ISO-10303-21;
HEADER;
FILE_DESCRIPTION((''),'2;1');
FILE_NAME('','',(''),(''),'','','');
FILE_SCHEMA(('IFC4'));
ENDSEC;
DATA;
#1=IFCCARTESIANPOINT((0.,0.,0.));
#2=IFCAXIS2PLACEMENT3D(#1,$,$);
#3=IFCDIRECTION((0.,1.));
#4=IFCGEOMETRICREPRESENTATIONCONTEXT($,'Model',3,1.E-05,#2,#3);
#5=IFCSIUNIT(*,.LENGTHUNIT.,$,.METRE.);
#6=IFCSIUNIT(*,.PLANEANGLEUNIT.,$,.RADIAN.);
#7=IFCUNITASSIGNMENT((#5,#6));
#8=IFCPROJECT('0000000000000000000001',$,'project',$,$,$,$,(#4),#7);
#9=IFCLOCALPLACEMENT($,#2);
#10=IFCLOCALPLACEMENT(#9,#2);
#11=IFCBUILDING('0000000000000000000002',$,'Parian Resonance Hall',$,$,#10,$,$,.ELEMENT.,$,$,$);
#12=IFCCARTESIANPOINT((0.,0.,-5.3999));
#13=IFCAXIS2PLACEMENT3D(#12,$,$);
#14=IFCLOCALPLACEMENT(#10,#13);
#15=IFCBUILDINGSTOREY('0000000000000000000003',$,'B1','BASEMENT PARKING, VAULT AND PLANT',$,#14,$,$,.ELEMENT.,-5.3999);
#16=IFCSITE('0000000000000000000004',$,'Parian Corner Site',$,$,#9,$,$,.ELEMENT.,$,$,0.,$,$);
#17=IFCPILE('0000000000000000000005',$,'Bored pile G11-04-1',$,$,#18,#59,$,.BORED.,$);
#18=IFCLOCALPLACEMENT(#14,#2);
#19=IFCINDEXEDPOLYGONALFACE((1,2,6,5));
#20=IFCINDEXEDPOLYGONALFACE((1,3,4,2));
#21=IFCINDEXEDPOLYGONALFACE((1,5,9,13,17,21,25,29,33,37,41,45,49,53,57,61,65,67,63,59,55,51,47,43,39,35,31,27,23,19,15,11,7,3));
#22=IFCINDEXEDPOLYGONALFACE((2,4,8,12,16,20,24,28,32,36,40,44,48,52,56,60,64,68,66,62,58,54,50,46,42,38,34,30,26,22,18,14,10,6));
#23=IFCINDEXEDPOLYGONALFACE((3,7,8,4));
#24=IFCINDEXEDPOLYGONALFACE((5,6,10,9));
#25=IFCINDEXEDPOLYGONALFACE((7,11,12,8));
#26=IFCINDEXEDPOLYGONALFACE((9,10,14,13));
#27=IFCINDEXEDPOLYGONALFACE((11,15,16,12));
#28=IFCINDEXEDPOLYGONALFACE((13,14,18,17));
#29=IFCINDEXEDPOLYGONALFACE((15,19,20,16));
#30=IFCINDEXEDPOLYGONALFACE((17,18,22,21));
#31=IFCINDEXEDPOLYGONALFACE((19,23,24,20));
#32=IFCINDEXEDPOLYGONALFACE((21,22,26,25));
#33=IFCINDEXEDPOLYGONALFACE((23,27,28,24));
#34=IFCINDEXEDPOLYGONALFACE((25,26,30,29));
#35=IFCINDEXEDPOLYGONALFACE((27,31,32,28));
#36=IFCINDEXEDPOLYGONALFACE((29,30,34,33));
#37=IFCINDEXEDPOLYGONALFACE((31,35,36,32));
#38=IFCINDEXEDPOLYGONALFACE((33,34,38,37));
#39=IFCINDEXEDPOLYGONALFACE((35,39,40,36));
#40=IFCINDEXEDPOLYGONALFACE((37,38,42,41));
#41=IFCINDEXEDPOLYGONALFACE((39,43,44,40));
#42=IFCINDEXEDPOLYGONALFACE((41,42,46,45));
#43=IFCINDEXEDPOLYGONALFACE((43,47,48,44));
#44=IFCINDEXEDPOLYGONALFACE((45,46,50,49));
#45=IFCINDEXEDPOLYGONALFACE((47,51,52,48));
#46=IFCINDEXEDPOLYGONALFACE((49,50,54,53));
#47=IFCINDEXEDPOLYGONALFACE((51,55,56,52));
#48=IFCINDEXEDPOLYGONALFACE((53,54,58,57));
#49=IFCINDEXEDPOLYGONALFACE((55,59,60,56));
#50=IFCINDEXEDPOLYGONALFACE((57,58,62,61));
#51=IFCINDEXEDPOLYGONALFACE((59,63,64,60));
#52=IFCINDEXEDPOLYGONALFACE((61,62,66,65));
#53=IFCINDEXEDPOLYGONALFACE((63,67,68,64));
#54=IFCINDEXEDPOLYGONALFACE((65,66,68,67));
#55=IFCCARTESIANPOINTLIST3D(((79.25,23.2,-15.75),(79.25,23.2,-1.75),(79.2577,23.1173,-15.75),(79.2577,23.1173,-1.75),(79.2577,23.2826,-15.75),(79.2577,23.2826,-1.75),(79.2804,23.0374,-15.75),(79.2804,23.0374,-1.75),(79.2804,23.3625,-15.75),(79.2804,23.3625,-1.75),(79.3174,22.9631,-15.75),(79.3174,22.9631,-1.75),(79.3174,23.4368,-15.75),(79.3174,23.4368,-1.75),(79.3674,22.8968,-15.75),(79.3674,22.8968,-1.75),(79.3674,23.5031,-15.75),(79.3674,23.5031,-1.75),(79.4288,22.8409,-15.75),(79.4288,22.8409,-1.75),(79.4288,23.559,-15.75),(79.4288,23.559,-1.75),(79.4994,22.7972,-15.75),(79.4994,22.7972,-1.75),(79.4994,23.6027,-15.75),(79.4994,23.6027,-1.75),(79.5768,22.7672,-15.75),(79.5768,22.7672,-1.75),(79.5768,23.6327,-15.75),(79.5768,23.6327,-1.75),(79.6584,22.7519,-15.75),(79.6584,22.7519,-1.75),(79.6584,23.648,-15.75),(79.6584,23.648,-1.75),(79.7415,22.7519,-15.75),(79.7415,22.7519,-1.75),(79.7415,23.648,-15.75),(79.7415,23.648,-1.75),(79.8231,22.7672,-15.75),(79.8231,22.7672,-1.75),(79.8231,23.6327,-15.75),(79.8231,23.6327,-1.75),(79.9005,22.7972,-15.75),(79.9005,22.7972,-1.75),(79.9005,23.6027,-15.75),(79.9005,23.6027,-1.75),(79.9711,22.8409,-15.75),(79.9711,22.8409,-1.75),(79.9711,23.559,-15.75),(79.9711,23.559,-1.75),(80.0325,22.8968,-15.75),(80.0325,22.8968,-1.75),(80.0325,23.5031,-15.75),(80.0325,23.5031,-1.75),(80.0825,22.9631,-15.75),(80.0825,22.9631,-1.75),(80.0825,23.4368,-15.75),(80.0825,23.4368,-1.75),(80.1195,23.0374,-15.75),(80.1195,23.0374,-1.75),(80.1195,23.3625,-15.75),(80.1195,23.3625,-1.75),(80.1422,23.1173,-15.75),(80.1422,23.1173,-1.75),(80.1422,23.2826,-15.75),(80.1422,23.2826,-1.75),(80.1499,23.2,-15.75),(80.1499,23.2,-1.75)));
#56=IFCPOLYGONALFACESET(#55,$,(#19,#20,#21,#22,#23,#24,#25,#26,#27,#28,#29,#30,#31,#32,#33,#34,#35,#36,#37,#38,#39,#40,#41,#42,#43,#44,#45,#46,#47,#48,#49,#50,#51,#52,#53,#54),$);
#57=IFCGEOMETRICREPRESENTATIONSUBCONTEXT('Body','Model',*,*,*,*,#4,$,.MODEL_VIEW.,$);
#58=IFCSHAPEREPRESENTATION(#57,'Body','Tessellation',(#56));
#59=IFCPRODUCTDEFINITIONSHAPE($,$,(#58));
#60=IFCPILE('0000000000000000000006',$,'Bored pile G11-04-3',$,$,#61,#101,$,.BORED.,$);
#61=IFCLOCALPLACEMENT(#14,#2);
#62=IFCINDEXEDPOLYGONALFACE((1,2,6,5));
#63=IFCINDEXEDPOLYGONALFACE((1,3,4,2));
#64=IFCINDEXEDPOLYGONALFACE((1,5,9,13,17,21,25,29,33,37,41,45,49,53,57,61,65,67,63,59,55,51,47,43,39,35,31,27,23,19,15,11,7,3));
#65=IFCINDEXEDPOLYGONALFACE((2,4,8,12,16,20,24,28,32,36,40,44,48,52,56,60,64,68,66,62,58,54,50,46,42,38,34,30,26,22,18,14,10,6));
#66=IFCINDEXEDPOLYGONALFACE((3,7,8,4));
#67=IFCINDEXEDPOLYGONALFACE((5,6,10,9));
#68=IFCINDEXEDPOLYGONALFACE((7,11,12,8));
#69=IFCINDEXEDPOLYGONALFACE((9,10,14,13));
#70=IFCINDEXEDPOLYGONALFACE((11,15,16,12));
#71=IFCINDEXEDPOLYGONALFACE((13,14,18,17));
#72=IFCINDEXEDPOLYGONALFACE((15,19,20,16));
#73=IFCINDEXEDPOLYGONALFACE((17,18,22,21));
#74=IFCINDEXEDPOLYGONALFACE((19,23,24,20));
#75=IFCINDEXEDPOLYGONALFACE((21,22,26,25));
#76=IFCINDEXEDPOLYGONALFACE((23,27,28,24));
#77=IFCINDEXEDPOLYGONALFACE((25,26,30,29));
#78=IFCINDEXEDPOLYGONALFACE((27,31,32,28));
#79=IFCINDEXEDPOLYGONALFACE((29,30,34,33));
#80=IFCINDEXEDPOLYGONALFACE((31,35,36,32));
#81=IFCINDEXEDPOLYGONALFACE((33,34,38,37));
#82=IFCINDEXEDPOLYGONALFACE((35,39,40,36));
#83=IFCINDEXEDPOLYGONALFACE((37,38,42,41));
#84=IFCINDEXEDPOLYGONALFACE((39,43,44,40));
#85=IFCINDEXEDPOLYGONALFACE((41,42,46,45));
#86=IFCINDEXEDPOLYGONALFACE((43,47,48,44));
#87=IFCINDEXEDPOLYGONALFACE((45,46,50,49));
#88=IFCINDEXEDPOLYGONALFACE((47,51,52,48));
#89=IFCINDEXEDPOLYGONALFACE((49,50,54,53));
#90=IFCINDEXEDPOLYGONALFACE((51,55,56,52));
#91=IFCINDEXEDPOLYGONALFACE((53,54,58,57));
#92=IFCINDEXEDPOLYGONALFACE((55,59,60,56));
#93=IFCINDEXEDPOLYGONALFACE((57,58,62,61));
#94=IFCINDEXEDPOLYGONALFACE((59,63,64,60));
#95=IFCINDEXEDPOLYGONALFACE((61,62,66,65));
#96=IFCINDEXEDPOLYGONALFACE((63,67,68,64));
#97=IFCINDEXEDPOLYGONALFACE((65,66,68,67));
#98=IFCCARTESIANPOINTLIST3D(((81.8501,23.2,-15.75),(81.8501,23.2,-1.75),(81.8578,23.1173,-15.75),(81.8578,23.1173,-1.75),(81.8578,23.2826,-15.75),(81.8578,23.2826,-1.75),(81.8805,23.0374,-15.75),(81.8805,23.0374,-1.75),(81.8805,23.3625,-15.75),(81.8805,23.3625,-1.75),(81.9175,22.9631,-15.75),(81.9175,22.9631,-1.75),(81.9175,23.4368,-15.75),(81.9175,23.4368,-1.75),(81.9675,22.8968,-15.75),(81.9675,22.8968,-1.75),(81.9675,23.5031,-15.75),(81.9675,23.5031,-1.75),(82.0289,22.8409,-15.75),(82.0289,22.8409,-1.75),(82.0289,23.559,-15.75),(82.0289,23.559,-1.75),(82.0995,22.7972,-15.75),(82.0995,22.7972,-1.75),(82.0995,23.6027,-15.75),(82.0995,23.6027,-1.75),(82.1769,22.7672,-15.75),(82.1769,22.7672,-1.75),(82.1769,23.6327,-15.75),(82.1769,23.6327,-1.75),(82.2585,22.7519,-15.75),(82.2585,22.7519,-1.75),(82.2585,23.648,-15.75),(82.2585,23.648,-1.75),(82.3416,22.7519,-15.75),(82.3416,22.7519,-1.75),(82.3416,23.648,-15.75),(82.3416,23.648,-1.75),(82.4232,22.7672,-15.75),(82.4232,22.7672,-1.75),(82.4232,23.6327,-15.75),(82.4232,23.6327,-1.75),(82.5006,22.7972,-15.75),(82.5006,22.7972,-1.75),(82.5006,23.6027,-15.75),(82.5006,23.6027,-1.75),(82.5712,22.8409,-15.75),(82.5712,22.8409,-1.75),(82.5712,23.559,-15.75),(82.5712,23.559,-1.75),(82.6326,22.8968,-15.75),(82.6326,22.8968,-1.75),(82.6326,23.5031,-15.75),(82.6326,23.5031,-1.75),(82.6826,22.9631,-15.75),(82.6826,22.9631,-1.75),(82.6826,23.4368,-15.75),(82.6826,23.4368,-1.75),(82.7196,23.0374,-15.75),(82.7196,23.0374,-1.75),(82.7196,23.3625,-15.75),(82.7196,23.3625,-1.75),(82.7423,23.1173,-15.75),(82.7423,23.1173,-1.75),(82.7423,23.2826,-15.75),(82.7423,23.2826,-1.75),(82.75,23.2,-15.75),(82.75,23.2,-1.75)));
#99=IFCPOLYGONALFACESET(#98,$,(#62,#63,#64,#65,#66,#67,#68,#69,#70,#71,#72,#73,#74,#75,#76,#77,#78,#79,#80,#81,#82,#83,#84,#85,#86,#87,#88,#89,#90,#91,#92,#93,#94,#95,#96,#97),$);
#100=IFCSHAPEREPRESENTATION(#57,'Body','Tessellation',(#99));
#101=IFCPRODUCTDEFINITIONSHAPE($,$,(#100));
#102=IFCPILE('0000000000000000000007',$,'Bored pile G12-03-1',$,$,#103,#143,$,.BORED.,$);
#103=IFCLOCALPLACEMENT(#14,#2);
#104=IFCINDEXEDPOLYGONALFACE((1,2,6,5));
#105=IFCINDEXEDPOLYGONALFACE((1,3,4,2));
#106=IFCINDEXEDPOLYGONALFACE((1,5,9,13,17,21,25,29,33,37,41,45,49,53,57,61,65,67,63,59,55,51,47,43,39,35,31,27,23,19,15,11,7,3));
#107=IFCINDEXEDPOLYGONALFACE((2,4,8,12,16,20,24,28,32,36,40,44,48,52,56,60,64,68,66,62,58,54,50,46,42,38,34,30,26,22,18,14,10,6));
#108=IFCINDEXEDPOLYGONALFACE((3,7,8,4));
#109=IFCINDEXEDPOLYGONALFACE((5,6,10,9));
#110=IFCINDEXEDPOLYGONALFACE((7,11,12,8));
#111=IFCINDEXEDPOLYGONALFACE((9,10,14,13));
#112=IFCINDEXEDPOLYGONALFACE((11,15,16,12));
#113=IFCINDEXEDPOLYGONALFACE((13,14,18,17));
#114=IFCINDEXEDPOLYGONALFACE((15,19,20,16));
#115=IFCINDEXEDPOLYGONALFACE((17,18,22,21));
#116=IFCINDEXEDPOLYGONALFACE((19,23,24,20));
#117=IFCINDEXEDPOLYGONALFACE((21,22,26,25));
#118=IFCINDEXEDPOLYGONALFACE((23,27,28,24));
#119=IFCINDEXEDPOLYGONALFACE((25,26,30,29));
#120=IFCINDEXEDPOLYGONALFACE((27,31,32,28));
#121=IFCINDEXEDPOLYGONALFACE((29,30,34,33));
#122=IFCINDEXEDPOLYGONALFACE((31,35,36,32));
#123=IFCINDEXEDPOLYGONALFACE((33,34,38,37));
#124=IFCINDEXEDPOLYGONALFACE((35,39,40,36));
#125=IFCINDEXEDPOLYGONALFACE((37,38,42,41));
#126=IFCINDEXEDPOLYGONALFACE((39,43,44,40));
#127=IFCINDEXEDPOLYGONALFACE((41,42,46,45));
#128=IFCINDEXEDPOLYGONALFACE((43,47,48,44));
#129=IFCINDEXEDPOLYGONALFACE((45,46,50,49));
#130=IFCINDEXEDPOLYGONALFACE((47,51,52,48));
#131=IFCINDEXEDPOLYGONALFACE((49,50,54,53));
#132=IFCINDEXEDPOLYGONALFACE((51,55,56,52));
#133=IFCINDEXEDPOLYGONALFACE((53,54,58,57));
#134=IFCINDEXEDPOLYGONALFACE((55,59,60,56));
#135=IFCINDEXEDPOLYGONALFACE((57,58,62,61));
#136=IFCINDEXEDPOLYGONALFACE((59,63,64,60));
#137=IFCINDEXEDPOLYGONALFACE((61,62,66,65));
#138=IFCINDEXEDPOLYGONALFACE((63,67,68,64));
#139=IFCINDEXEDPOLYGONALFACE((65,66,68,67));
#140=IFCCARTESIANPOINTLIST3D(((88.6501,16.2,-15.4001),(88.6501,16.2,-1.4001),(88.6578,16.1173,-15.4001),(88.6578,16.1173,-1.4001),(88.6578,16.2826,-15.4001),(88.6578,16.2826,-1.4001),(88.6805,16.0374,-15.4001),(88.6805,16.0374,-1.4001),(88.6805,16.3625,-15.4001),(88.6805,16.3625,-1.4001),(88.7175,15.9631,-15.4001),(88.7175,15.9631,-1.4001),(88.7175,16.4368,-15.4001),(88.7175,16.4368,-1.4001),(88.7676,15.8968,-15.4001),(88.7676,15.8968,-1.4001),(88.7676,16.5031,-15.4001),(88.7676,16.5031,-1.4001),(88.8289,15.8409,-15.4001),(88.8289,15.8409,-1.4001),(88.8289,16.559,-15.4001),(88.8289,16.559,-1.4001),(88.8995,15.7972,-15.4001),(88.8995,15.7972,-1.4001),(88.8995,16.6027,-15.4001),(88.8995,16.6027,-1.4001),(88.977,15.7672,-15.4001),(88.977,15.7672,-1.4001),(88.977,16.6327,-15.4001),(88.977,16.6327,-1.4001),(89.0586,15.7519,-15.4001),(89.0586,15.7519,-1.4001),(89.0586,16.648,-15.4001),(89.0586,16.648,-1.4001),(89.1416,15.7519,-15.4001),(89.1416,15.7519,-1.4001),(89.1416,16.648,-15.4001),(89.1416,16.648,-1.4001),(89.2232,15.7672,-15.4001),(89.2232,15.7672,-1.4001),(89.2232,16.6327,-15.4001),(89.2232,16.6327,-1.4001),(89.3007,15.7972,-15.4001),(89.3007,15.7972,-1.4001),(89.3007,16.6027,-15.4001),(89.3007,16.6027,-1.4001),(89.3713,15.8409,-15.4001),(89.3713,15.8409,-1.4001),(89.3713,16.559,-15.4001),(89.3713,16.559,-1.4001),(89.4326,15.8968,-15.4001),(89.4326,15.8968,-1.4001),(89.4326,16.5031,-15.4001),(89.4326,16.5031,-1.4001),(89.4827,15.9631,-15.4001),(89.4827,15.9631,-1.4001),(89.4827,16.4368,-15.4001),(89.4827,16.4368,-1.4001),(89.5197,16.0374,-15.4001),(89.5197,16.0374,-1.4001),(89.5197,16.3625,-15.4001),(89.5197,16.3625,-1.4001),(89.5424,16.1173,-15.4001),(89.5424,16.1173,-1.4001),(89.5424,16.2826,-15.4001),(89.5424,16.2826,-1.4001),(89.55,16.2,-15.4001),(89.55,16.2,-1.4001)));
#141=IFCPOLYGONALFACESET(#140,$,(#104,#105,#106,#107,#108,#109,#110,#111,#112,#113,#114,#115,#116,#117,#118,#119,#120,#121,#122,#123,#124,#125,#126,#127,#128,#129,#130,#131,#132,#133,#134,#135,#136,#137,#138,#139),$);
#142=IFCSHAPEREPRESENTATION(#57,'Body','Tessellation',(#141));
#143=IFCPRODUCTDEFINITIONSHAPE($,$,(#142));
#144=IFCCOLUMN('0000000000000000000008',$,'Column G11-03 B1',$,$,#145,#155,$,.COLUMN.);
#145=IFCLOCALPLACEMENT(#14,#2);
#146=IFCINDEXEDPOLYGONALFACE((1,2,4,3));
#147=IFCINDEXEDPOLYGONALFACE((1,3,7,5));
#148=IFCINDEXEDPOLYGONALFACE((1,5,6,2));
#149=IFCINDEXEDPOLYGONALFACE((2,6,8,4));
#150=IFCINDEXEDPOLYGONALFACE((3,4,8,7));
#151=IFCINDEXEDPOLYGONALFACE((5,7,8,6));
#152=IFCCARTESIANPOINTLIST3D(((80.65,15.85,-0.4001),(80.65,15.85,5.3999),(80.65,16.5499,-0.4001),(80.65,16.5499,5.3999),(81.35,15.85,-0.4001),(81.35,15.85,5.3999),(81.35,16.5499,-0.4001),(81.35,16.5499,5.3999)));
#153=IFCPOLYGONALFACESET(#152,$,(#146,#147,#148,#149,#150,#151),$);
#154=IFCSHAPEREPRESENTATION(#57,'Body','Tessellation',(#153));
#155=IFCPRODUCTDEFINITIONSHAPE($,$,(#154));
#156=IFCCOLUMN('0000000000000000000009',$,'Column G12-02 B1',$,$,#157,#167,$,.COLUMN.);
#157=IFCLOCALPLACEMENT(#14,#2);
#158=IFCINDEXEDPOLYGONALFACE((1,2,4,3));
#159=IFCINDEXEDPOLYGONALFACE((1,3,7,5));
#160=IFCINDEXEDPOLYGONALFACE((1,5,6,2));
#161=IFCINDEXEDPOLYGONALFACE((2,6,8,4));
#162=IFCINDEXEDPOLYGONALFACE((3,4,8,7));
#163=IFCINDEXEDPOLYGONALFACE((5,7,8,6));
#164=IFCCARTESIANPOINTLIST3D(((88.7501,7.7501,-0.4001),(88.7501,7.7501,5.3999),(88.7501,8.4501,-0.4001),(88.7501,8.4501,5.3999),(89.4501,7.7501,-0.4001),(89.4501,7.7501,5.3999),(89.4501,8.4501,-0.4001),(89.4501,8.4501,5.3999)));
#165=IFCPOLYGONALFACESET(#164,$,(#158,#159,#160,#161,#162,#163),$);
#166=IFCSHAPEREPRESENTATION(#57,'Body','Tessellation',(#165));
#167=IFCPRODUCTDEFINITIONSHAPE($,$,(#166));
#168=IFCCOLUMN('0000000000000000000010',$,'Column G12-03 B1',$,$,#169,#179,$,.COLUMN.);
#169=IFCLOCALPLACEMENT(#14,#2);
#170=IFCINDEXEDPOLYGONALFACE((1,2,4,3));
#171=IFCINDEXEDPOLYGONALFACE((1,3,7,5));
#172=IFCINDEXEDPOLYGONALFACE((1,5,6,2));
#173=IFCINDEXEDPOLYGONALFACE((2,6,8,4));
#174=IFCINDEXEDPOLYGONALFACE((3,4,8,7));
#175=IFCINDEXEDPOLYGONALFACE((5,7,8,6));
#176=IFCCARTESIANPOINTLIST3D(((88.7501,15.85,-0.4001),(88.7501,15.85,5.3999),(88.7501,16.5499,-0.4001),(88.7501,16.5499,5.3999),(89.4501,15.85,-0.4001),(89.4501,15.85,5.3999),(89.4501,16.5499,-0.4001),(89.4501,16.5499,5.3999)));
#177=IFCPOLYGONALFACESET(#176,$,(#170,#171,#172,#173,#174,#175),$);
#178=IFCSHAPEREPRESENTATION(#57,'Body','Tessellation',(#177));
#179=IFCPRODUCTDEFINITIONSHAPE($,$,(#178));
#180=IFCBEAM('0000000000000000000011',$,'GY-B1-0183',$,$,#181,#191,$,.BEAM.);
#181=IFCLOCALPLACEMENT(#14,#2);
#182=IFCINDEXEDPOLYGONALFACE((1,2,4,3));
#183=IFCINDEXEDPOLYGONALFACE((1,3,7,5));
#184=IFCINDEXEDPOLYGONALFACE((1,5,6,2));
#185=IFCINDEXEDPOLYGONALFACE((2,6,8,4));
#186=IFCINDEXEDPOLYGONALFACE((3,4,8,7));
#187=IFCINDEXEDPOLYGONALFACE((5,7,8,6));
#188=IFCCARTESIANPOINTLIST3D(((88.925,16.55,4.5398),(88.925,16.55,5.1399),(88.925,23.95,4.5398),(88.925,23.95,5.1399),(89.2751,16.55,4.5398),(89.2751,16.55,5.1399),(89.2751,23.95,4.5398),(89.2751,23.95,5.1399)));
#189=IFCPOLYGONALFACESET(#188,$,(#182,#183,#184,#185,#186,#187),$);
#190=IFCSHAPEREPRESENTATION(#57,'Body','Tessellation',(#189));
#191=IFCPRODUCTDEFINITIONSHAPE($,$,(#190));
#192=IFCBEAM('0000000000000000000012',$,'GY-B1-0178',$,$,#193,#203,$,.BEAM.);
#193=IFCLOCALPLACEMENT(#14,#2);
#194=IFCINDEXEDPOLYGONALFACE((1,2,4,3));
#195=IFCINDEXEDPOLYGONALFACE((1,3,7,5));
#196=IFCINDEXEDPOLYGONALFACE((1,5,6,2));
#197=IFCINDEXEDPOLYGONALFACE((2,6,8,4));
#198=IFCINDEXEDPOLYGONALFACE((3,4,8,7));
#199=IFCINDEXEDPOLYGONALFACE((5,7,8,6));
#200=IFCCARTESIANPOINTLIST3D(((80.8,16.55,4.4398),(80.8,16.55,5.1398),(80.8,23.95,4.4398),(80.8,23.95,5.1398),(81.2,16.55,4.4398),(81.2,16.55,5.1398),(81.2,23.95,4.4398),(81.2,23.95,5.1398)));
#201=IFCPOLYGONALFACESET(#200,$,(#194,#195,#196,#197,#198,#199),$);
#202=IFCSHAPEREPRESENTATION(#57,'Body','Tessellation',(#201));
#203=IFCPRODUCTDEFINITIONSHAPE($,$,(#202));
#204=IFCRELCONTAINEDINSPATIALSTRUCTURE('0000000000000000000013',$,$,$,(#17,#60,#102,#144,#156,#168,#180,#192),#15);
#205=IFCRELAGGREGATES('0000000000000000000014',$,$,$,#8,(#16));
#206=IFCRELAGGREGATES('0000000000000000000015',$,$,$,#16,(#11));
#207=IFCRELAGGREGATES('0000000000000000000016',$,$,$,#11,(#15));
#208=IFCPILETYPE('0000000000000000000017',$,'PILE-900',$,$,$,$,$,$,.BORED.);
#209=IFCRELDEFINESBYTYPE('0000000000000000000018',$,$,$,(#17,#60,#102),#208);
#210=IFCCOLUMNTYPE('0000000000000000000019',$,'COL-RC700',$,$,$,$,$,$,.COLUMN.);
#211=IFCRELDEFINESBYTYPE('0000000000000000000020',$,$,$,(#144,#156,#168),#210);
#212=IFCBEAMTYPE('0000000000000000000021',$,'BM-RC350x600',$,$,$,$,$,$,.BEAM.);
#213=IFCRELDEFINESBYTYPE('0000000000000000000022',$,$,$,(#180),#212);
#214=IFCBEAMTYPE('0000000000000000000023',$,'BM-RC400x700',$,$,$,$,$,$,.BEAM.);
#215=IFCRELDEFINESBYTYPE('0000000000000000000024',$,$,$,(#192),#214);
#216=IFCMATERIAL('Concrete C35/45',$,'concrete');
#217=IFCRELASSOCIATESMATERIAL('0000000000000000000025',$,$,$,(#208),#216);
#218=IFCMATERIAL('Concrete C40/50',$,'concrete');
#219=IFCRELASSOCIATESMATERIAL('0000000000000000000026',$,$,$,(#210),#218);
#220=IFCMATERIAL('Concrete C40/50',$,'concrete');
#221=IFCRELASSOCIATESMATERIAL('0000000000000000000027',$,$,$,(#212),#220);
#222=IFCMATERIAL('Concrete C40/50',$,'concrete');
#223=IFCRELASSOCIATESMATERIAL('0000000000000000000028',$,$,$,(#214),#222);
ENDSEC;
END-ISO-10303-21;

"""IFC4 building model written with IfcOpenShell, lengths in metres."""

from ifc_helpers import new_model, si_unit, direction, frame, origin, origin_2d, place, context, subcontext, project, spatial, rectangle, circle, extrude, material, material_profile, profile_set, type_object, element, save


model = new_model("IFC4")

# Units and contexts
model_context = context("Model", 3, precision=1e-05, world=origin(), true_north=direction((0.0, 1.0)))
body_context = subcontext(model_context, "Body", "Model", "MODEL_VIEW")
ifc_project = project(units=[si_unit("LENGTHUNIT", "METRE"), si_unit("PLANEANGLEUNIT", "RADIAN")], contexts=[model_context])

# Site, building, storey
site_placement = place(None, origin())
site = spatial("IfcSite", under=ifc_project, at=site_placement, Name="Parian Corner Site", CompositionType="ELEMENT", RefElevation=0.0)
building_placement = place(site_placement, origin())
building = spatial("IfcBuilding", under=site, at=building_placement, Name="Parian Resonance Hall", CompositionType="ELEMENT")
storey_placement = place(building_placement, frame((0.0, 0.0, -5.3999)))
storey = spatial("IfcBuildingStorey", under=building, at=storey_placement, Name="B1", Description="BASEMENT PARKING, VAULT AND PLANT", CompositionType="ELEMENT", Elevation=-5.3999)

# Piles
ifc_material_1 = material(Name="Concrete C35/45", Category="concrete")
ifc_material_profile_1 = material_profile(ifc_material_1, circle(Radius=0.45, at=origin_2d()), Name="PILE-D900")
ifc_profile_set_1 = profile_set([ifc_material_profile_1], Name="Concrete C35/45")
pile_type_1 = type_object("IfcPileType", Name="PILE-900", PredefinedType="BORED", material=ifc_profile_set_1)
for number, where, z_axis, x_axis, name in (
    (1, (79.7, 23.2, -1.75), (0.0, 0.0, -1.0), (1.0, 0.0, 0.0), "Bored pile G11-04-1"),
    (2, (82.3, 23.2, -1.75), (0.0, 0.0, -1.0), (1.0, 0.0, 0.0), "Bored pile G11-04-3"),
    (3, (89.1001, 16.2, -1.4001), (0.0, 0.0, -1.0), (1.0, 0.0, 0.0), "Bored pile G12-03-1"),
):
    element("IfcPile", number, at=place(storey_placement, frame(where, z_axis=z_axis, x_axis=x_axis)), inside=storey, type_object=pile_type_1, Name=name, PredefinedType="BORED", context=body_context, shape_type="SweptSolid", body=[
        extrude(circle(Radius=0.45, at=origin_2d()), origin(), (0.0, 0.0, 1.0), 14.0),
    ])

# Columns
ifc_material_2 = material(Name="Concrete C40/50", Category="concrete")
ifc_material_profile_2 = material_profile(ifc_material_2, rectangle(XDim=0.7, YDim=0.7, at=origin_2d()), Name="RC-COL-700x700")
ifc_profile_set_2 = profile_set([ifc_material_profile_2], Name="Concrete C40/50")
column_type = type_object("IfcColumnType", Name="COL-RC700", PredefinedType="COLUMN", material=ifc_profile_set_2)
for number, where, z_axis, x_axis, name in (
    (4, (81.0, 16.2, -0.4001), (0.0, 0.0, 1.0), (1.0, 0.0, 0.0), "Column G11-03 B1"),
    (5, (89.1001, 8.1001, -0.4001), (0.0, 0.0, 1.0), (1.0, 0.0, 0.0), "Column G12-02 B1"),
    (6, (89.1001, 16.2, -0.4001), (0.0, 0.0, 1.0), (1.0, 0.0, 0.0), "Column G12-03 B1"),
):
    element("IfcColumn", number, at=place(storey_placement, frame(where, z_axis=z_axis, x_axis=x_axis)), inside=storey, type_object=column_type, Name=name, PredefinedType="COLUMN", context=body_context, shape_type="SweptSolid", body=[
        extrude(rectangle(XDim=0.7, YDim=0.7, at=origin_2d()), origin(), (0.0, 0.0, 1.0), 5.8),
    ])

# Beams
ifc_material_3 = material(Name="Concrete C40/50", Category="concrete")
ifc_material_profile_3 = material_profile(ifc_material_3, rectangle(XDim=0.3501, YDim=0.6001, at=origin_2d()), Name="RC-BM-350x600")
ifc_profile_set_3 = profile_set([ifc_material_profile_3], Name="Concrete C40/50")
beam_type_1 = type_object("IfcBeamType", Name="BM-RC350x600", PredefinedType="BEAM", material=ifc_profile_set_3)
beam_1_placement = place(storey_placement, frame((89.1001, 16.55, 4.8398), z_axis=(0.0, 1.0, 0.0), x_axis=(-1.0, 0.0, 0.0)))
element("IfcBeam", 7, at=beam_1_placement, inside=storey, type_object=beam_type_1, Name="GY-B1-0183", PredefinedType="BEAM", context=body_context, shape_type="SweptSolid", body=[
    extrude(rectangle(XDim=0.3501, YDim=0.6001, at=origin_2d()), origin(), (0.0, 0.0, 1.0), 7.3999),
])
ifc_material_4 = material(Name="Concrete C40/50", Category="concrete")
ifc_material_profile_4 = material_profile(ifc_material_4, rectangle(XDim=0.3999, YDim=0.7, at=origin_2d()), Name="RC-BM-400x700")
ifc_profile_set_4 = profile_set([ifc_material_profile_4], Name="Concrete C40/50")
beam_type_2 = type_object("IfcBeamType", Name="BM-RC400x700", PredefinedType="BEAM", material=ifc_profile_set_4)
beam_2_placement = place(storey_placement, frame((81.0, 16.55, 4.7898), z_axis=(0.0, 1.0, 0.0), x_axis=(-1.0, 0.0, 0.0)))
element("IfcBeam", 8, at=beam_2_placement, inside=storey, type_object=beam_type_2, Name="GY-B1-0178", PredefinedType="BEAM", context=body_context, shape_type="SweptSolid", body=[
    extrude(rectangle(XDim=0.3999, YDim=0.7, at=origin_2d()), origin(), (0.0, 0.0, 1.0), 7.3999),
])

save(model, "model.ifc")
